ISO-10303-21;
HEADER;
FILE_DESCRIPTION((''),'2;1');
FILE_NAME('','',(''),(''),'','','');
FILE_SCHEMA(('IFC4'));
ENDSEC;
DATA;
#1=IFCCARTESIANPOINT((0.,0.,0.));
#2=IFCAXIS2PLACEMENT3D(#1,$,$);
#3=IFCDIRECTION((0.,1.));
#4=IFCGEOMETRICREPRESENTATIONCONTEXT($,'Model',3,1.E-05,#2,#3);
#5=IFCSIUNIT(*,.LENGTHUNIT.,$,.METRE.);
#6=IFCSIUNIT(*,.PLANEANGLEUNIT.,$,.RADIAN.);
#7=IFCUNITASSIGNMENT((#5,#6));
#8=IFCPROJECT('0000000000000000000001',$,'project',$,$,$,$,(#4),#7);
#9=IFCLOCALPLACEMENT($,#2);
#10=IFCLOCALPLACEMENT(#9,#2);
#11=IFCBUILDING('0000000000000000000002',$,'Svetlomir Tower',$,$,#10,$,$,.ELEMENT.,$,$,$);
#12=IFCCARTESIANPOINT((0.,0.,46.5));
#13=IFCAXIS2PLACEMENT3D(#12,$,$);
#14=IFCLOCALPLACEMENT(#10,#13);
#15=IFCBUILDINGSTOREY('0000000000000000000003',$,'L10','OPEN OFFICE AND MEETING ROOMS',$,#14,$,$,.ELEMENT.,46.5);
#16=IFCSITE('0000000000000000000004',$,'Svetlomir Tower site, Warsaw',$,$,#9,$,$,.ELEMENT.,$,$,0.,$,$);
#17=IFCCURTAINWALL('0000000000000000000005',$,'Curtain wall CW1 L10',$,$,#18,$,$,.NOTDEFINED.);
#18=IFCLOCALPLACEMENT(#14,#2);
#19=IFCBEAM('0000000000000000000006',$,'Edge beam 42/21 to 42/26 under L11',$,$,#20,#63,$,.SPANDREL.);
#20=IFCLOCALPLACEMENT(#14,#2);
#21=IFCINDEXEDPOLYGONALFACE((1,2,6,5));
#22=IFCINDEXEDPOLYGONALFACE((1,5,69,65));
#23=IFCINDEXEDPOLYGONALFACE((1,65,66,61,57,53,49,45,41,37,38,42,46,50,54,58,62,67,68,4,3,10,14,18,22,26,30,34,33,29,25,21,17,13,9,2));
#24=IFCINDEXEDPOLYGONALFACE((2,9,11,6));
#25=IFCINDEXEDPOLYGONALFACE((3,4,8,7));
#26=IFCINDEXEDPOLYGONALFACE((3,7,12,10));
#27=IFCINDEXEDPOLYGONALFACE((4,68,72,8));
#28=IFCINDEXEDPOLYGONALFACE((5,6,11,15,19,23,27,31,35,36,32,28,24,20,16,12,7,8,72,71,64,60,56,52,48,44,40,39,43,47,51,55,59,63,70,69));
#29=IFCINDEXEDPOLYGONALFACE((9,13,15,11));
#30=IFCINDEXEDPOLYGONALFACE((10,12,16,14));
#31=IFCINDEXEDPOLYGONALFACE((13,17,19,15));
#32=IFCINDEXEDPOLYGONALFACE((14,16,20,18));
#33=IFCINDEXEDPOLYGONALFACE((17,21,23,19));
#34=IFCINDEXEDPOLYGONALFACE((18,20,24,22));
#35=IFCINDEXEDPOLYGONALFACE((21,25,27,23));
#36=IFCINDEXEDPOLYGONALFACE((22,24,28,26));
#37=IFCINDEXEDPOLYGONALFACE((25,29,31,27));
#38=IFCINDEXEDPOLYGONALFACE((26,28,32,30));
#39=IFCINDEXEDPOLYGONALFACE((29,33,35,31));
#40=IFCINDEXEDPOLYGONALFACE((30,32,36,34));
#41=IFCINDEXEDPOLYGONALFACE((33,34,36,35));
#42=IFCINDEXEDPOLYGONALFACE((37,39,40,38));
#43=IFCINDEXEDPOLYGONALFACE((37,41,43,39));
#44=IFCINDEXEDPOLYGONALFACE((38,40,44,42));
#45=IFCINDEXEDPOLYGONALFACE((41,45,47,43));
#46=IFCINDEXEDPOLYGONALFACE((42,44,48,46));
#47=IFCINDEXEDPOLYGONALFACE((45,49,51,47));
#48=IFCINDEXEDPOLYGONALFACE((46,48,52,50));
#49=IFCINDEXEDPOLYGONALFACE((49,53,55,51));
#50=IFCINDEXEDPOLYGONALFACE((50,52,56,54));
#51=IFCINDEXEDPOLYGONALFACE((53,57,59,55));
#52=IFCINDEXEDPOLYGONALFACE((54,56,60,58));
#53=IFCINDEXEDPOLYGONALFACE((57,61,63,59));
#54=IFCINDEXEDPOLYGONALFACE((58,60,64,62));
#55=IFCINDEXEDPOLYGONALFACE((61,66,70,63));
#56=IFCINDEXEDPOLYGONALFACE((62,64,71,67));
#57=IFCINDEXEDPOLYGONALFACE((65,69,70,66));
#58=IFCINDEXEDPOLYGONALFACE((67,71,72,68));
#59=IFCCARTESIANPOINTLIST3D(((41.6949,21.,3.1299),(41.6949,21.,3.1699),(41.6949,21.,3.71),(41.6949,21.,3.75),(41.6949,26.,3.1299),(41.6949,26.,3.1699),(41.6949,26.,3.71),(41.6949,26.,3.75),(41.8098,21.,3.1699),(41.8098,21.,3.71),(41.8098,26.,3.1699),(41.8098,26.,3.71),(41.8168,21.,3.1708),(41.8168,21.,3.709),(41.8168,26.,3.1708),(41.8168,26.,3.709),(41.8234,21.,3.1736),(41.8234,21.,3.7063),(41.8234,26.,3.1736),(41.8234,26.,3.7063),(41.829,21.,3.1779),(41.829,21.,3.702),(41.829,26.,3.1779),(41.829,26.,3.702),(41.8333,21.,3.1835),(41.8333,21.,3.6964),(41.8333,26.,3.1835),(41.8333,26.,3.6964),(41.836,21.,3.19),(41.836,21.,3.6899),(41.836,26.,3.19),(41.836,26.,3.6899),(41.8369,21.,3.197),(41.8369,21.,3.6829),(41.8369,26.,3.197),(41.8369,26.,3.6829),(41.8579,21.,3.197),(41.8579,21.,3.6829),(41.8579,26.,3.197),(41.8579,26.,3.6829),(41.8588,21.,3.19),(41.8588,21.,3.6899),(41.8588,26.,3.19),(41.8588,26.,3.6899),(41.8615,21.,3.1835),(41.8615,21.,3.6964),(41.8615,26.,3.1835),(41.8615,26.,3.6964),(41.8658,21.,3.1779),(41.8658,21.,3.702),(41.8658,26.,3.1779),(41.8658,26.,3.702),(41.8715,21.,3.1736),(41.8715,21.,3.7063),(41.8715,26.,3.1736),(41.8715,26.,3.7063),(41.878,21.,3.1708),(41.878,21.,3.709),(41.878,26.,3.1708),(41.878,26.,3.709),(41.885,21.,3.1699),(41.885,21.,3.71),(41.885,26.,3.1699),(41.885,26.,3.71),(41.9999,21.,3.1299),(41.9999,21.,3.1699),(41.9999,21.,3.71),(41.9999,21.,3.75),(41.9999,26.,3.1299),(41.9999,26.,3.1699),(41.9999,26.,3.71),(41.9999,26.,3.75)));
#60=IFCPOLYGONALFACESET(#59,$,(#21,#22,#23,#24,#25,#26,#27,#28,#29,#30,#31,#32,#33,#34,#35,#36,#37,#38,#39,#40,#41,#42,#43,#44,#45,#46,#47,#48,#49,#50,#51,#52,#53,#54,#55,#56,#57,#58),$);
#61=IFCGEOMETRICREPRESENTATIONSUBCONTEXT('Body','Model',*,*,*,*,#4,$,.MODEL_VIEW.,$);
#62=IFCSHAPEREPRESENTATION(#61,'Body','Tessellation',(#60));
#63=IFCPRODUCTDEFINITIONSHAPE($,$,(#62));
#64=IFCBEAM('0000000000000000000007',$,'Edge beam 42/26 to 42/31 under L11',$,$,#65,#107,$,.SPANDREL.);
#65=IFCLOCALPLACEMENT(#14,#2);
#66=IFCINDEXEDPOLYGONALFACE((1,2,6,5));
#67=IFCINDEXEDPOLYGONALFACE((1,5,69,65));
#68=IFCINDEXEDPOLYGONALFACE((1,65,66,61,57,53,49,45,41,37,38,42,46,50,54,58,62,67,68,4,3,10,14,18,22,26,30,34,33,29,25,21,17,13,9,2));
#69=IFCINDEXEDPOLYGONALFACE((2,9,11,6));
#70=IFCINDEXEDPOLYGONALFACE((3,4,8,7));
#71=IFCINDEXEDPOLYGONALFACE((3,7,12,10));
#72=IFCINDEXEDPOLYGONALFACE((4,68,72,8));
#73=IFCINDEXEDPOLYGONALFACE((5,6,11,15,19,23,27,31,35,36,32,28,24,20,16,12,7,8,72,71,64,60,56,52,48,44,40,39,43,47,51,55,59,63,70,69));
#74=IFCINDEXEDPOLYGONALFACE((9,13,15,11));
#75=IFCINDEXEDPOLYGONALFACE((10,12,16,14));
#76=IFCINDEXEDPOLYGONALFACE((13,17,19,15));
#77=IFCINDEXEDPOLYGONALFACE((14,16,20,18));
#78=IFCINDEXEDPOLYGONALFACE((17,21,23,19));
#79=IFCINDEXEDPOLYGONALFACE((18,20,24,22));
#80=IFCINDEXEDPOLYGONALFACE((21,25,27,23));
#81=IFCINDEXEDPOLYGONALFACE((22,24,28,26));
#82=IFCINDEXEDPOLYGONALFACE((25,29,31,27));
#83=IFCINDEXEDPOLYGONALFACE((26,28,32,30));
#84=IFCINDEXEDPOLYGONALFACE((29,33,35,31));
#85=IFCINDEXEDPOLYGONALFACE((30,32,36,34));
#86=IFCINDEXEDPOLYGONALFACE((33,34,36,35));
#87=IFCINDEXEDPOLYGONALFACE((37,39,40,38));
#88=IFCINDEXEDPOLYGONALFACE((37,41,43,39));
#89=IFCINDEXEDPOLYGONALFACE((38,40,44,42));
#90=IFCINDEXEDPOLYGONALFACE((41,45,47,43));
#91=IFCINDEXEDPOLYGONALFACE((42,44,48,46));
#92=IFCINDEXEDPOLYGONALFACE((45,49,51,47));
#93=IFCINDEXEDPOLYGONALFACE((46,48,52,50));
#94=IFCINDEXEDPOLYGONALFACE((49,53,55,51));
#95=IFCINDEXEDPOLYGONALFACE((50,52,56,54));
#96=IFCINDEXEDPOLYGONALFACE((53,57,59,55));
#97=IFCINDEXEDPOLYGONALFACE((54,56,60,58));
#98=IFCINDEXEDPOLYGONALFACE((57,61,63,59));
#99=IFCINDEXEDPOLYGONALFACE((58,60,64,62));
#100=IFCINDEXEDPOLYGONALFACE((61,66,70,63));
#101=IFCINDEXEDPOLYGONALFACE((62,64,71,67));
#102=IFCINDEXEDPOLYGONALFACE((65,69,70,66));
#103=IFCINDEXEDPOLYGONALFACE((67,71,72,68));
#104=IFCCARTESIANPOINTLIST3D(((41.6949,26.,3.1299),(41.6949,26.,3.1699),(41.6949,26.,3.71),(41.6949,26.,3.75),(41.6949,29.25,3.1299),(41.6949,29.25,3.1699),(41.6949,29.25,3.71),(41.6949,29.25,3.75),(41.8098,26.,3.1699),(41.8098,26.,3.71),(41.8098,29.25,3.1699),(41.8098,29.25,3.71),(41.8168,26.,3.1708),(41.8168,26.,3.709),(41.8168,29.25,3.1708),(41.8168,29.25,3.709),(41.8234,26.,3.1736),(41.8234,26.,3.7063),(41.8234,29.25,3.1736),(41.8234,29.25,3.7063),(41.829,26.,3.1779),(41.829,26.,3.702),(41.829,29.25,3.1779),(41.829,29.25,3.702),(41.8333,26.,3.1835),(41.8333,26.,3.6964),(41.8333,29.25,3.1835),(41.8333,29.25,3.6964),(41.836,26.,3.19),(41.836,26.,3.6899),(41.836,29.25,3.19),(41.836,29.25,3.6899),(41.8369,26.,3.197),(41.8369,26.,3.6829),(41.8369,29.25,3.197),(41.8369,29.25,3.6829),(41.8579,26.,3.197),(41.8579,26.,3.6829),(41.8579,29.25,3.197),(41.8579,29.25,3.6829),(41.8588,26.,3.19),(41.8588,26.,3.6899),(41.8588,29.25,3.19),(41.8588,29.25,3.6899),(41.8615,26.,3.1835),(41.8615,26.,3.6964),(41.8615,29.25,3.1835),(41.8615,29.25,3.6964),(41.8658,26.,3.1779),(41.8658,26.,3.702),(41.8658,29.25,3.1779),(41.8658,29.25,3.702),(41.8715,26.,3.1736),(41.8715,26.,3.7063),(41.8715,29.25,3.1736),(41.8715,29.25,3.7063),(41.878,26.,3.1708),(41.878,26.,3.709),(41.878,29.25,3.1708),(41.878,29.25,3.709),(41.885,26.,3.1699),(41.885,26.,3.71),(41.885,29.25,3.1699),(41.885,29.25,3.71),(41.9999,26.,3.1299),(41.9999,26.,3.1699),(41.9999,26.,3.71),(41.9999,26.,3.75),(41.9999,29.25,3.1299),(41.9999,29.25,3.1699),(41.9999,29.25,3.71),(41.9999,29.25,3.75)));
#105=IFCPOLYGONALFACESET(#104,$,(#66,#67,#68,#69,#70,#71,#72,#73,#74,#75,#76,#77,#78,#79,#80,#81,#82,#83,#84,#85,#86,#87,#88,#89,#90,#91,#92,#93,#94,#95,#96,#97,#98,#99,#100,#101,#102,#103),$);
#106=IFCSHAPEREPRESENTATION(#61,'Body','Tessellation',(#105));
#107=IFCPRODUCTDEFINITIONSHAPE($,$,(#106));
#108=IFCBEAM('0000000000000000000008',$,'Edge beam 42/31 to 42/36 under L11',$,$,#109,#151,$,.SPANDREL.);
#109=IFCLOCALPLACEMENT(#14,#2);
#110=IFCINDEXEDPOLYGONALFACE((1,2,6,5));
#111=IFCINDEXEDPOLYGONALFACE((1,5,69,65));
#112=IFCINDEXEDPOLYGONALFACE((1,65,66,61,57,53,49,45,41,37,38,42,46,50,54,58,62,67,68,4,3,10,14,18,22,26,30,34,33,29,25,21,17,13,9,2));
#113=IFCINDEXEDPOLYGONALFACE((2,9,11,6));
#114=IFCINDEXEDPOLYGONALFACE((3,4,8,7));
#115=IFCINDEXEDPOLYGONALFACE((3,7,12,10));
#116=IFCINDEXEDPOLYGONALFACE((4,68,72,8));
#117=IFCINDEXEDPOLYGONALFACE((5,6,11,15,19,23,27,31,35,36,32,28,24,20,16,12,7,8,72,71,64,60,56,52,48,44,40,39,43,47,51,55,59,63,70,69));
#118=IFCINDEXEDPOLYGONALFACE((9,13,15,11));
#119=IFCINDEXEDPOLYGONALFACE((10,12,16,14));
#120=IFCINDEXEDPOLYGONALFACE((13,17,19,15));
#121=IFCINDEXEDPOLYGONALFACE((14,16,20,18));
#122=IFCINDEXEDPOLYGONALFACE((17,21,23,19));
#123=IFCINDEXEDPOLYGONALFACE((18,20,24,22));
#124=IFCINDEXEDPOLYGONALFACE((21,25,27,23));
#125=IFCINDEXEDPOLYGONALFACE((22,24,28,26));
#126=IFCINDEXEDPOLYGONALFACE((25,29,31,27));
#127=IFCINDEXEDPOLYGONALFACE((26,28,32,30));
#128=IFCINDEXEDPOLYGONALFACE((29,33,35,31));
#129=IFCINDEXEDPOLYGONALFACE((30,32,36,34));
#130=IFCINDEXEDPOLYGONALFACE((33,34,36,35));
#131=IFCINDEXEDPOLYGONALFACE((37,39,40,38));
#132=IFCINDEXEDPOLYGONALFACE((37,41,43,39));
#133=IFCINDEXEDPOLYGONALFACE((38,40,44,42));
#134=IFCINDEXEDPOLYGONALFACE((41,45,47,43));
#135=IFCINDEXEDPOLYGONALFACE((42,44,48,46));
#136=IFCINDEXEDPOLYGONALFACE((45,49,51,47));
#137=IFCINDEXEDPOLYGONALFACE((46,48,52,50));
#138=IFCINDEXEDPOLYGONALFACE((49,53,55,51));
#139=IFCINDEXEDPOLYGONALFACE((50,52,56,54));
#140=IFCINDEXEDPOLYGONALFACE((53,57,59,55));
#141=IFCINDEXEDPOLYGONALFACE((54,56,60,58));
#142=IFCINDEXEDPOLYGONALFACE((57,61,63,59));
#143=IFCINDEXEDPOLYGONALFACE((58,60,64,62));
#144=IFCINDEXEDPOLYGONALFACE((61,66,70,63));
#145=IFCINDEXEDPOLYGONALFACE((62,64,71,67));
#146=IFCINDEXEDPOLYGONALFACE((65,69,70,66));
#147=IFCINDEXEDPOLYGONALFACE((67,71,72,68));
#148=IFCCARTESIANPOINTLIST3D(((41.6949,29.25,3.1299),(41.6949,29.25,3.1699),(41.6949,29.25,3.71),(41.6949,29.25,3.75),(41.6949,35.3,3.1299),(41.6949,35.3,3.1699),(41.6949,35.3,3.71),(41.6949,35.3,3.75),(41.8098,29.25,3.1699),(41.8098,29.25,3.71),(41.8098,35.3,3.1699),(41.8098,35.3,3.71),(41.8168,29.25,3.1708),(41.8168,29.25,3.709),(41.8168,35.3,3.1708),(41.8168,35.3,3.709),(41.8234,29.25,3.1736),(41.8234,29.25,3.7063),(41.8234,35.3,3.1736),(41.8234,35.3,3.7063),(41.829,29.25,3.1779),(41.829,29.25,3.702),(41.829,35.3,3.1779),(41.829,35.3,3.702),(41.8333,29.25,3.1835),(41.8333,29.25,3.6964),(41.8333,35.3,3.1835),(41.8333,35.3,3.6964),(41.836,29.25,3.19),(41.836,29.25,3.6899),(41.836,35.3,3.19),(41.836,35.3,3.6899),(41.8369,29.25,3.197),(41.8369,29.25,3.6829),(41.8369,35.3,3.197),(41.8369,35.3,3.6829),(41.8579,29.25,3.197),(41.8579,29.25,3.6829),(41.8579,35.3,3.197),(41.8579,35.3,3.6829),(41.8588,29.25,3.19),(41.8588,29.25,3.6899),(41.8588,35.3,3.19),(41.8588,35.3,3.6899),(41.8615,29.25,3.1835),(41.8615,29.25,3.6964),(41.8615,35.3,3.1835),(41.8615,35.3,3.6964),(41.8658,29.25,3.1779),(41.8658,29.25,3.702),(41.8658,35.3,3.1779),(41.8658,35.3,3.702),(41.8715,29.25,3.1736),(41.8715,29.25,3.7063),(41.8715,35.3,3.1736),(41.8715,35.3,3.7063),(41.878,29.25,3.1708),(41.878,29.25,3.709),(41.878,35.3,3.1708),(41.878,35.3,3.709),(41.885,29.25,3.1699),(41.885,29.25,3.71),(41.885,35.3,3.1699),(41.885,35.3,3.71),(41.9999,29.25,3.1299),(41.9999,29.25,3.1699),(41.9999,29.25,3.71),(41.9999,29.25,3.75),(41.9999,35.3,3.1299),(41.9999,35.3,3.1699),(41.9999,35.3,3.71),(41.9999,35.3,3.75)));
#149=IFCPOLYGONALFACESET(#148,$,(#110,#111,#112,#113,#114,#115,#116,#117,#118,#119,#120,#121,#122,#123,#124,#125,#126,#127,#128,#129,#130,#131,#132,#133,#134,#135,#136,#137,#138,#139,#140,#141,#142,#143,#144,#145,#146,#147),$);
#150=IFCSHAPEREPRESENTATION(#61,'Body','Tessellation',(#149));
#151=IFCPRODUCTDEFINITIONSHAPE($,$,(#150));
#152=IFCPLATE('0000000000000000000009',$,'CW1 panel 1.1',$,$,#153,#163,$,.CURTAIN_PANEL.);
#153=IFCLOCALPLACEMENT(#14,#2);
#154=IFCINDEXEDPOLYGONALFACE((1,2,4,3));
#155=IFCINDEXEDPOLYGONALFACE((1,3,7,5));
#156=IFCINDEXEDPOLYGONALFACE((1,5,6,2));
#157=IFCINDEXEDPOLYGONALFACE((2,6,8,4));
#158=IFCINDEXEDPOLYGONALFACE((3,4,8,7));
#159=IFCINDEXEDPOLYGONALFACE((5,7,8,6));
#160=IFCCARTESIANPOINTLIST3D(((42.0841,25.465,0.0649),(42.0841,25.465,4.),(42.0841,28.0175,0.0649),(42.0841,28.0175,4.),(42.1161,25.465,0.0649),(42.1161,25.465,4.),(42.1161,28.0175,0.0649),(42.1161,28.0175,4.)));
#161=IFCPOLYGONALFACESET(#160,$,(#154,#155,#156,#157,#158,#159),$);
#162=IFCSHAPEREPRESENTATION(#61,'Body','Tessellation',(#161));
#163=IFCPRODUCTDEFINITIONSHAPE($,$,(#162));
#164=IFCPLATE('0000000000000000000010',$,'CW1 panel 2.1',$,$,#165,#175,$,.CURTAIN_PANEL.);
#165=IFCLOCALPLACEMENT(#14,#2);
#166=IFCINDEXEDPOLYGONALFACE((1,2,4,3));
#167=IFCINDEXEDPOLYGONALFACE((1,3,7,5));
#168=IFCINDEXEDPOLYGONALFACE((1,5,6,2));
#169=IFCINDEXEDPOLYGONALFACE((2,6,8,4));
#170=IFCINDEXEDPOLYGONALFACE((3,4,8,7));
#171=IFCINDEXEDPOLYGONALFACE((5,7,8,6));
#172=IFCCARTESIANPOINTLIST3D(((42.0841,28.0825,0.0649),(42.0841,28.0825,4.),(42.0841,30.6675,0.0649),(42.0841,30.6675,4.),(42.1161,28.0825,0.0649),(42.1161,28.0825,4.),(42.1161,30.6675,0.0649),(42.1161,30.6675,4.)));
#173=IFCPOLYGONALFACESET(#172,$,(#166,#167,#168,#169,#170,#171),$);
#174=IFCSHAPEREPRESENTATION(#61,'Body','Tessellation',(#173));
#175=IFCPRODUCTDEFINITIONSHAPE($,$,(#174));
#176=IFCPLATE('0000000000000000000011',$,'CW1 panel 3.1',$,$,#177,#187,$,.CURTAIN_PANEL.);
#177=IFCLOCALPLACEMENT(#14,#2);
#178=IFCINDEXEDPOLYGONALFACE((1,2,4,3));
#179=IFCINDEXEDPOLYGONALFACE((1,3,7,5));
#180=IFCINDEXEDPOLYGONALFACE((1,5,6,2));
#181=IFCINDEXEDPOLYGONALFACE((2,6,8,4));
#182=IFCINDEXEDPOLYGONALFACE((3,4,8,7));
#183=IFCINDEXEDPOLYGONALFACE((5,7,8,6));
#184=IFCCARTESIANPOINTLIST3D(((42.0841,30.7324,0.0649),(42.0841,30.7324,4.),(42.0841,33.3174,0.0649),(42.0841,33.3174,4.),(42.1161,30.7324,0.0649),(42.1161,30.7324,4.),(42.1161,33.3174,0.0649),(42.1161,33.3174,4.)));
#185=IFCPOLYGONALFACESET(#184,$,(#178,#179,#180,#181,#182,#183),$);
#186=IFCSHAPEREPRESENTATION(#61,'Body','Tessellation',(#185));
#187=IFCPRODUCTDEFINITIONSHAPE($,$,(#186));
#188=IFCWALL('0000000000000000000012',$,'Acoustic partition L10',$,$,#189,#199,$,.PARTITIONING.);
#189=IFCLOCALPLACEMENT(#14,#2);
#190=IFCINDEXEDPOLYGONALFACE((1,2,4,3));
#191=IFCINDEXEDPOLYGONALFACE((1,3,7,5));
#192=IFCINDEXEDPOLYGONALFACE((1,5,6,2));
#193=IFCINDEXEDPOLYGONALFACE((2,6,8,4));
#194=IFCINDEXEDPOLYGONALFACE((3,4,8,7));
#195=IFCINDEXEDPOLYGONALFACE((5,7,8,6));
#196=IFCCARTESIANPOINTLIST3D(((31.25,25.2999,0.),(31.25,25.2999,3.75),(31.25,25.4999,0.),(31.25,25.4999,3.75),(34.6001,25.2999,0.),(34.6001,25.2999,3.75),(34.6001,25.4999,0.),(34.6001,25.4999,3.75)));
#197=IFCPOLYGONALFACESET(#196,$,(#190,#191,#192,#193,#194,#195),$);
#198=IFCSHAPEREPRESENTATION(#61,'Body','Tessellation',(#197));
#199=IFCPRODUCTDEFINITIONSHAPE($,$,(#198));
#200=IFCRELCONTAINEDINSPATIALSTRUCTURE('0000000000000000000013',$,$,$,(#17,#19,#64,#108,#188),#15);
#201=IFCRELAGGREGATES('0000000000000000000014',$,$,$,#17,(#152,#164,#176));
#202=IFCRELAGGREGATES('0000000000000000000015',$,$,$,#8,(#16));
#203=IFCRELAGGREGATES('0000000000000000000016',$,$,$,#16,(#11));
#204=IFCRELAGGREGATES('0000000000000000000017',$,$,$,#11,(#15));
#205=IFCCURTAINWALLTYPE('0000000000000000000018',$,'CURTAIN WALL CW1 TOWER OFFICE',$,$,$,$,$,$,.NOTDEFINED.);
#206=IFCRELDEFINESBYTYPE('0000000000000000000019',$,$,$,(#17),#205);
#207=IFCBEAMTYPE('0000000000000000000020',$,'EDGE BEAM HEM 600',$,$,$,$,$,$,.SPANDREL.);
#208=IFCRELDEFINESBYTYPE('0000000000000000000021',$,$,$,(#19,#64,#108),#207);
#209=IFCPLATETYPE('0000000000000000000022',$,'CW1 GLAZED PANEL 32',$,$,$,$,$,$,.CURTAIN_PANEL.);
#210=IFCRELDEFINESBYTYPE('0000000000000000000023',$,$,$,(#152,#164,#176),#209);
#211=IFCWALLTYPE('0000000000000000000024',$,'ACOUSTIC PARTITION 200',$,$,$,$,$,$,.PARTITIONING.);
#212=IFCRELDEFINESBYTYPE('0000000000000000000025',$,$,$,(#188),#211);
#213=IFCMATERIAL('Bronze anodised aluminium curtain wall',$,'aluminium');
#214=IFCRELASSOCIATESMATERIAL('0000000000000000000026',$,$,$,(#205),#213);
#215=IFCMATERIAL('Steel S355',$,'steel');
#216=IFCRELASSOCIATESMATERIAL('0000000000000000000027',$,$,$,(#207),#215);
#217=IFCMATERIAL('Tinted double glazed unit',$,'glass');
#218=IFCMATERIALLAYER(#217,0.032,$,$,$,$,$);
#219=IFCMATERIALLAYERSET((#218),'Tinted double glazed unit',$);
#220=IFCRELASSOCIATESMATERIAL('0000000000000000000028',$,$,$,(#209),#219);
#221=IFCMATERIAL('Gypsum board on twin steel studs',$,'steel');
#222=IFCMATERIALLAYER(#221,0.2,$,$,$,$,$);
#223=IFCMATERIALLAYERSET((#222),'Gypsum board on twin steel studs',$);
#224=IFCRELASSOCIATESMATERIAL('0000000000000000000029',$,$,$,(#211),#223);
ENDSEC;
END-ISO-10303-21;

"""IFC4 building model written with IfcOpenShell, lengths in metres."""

from ifc_helpers import new_model, si_unit, direction, frame, frame_2d, origin, origin_2d, place, context, subcontext, project, spatial, rectangle, i_section, extrude, material, layer, layer_set, material_profile, profile_set, type_object, element, aggregate, save


model = new_model("IFC4")

# Units and contexts
model_context = context("Model", 3, precision=1e-05, world=origin(), true_north=direction((0.0, 1.0)))
body_context = subcontext(model_context, "Body", "Model", "MODEL_VIEW")
ifc_project = project(units=[si_unit("LENGTHUNIT", "METRE"), si_unit("PLANEANGLEUNIT", "RADIAN")], contexts=[model_context])

# Site, building, storey
site_placement = place(None, origin())
site = spatial("IfcSite", under=ifc_project, at=site_placement, Name="Svetlomir Tower site, Warsaw", CompositionType="ELEMENT", RefElevation=0.0)
building_placement = place(site_placement, origin())
building = spatial("IfcBuilding", under=site, at=building_placement, Name="Svetlomir Tower", CompositionType="ELEMENT")
storey_placement = place(building_placement, frame((0.0, 0.0, 46.5)))
storey = spatial("IfcBuildingStorey", under=building, at=storey_placement, Name="L10", Description="OPEN OFFICE AND MEETING ROOMS", CompositionType="ELEMENT", Elevation=46.5)

# Shared definitions
ifc_material_1 = material(Name="Bronze anodised aluminium curtain wall", Category="aluminium")
curtain_wall_type = type_object("IfcCurtainWallType", Name="CURTAIN WALL CW1 TOWER OFFICE", PredefinedType="NOTDEFINED", material=ifc_material_1)

# Curtain wall
curtain_wall_1_placement = place(storey_placement, origin())
curtain_wall_1 = element("IfcCurtainWall", 1, at=curtain_wall_1_placement, inside=storey, type_object=curtain_wall_type, Name="Curtain wall CW1 L10", PredefinedType="NOTDEFINED")

# Beams
ifc_material_2 = material(Name="Steel S355", Category="steel")
ifc_material_profile_1 = material_profile(ifc_material_2, i_section(OverallWidth=0.3049, OverallDepth=0.6201, WebThickness=0.021, FlangeThickness=0.04, FilletRadius=0.0271, at=origin_2d()), Name="HEM 600")
ifc_profile_set_1 = profile_set([ifc_material_profile_1], Name="Steel S355")
beam_type_1 = type_object("IfcBeamType", Name="EDGE BEAM HEM 600", PredefinedType="SPANDREL", material=ifc_profile_set_1)
beam_1_placement = place(storey_placement, frame((41.8474, 21.0, 3.4399), z_axis=(0.0, 1.0, 0.0), x_axis=(-1.0, 0.0, 0.0)))
element("IfcBeam", 2, at=beam_1_placement, inside=storey, type_object=beam_type_1, Name="Edge beam 42/21 to 42/26 under L11", PredefinedType="SPANDREL", context=body_context, shape_type="SweptSolid", body=[
    extrude(i_section(OverallWidth=0.3049, OverallDepth=0.6201, WebThickness=0.021, FlangeThickness=0.04, FilletRadius=0.0271, at=origin_2d()), origin(), (0.0, 0.0, 1.0), 5.0),
])
beam_2_placement = place(storey_placement, frame((41.8474, 26.0, 3.4399), z_axis=(0.0, 1.0, 0.0), x_axis=(-1.0, 0.0, 0.0)))
element("IfcBeam", 3, at=beam_2_placement, inside=storey, type_object=beam_type_1, Name="Edge beam 42/26 to 42/31 under L11", PredefinedType="SPANDREL", context=body_context, shape_type="SweptSolid", body=[
    extrude(i_section(OverallWidth=0.3049, OverallDepth=0.6201, WebThickness=0.021, FlangeThickness=0.04, FilletRadius=0.0271, at=origin_2d()), origin(), (0.0, 0.0, 1.0), 3.25),
])
beam_3_placement = place(storey_placement, frame((41.8474, 29.25, 3.4399), z_axis=(0.0, 1.0, 0.0), x_axis=(-1.0, 0.0, 0.0)))
element("IfcBeam", 4, at=beam_3_placement, inside=storey, type_object=beam_type_1, Name="Edge beam 42/31 to 42/36 under L11", PredefinedType="SPANDREL", context=body_context, shape_type="SweptSolid", body=[
    extrude(i_section(OverallWidth=0.3049, OverallDepth=0.6201, WebThickness=0.021, FlangeThickness=0.04, FilletRadius=0.0271, at=origin_2d()), origin(), (0.0, 0.0, 1.0), 6.05),
])

# Plates
ifc_material_3 = material(Name="Tinted double glazed unit", Category="glass")
ifc_layer_1 = layer(ifc_material_3, 0.032)
ifc_layer_set_1 = layer_set([ifc_layer_1], Name="Tinted double glazed unit")
plate_type = type_object("IfcPlateType", Name="CW1 GLAZED PANEL 32", PredefinedType="CURTAIN_PANEL", material=ifc_layer_set_1)
plate_1_placement = place(storey_placement, frame((42.1001, 26.7412, 0.0649), z_axis=(0.0, 0.0, 1.0), x_axis=(0.0, 1.0, 0.0)))
plate_1 = element("IfcPlate", 5, at=plate_1_placement, type_object=plate_type, Name="CW1 panel 1.1", PredefinedType="CURTAIN_PANEL", context=body_context, shape_type="SweptSolid", body=[
    extrude(rectangle(XDim=2.5525, YDim=0.032, at=origin_2d()), origin(), (0.0, 0.0, 1.0), 3.9351),
])
plate_2_placement = place(storey_placement, frame((42.1001, 29.375, 0.0649), z_axis=(0.0, 0.0, 1.0), x_axis=(0.0, 1.0, 0.0)))
plate_2 = element("IfcPlate", 6, at=plate_2_placement, type_object=plate_type, Name="CW1 panel 2.1", PredefinedType="CURTAIN_PANEL", context=body_context, shape_type="SweptSolid", body=[
    extrude(rectangle(XDim=2.585, YDim=0.032, at=origin_2d()), origin(), (0.0, 0.0, 1.0), 3.9351),
])
plate_3_placement = place(storey_placement, frame((42.1001, 32.0249, 0.0649), z_axis=(0.0, 0.0, 1.0), x_axis=(0.0, 1.0, 0.0)))
plate_3 = element("IfcPlate", 7, at=plate_3_placement, type_object=plate_type, Name="CW1 panel 3.1", PredefinedType="CURTAIN_PANEL", context=body_context, shape_type="SweptSolid", body=[
    extrude(rectangle(XDim=2.585, YDim=0.032, at=origin_2d()), origin(), (0.0, 0.0, 1.0), 3.9351),
])
aggregate(curtain_wall_1, [plate_1, plate_2, plate_3])

# Wall
ifc_material_4 = material(Name="Gypsum board on twin steel studs", Category="steel")
ifc_layer_2 = layer(ifc_material_4, 0.2)
ifc_layer_set_2 = layer_set([ifc_layer_2], Name="Gypsum board on twin steel studs")
wall_type_1 = type_object("IfcWallType", Name="ACOUSTIC PARTITION 200", PredefinedType="PARTITIONING", material=ifc_layer_set_2)
wall_1_placement = place(storey_placement, frame((31.25, 25.3999, 0.0), z_axis=(0.0, 0.0, 1.0), x_axis=(1.0, 0.0, 0.0)))
element("IfcWall", 8, at=wall_1_placement, inside=storey, type_object=wall_type_1, Name="Acoustic partition L10", PredefinedType="PARTITIONING", context=body_context, shape_type="SweptSolid", body=[
    extrude(rectangle(XDim=3.3501, YDim=0.2, at=frame_2d((1.675, 0.0))), origin(), (0.0, 0.0, 1.0), 3.75),
])

save(model, "model.ifc")
